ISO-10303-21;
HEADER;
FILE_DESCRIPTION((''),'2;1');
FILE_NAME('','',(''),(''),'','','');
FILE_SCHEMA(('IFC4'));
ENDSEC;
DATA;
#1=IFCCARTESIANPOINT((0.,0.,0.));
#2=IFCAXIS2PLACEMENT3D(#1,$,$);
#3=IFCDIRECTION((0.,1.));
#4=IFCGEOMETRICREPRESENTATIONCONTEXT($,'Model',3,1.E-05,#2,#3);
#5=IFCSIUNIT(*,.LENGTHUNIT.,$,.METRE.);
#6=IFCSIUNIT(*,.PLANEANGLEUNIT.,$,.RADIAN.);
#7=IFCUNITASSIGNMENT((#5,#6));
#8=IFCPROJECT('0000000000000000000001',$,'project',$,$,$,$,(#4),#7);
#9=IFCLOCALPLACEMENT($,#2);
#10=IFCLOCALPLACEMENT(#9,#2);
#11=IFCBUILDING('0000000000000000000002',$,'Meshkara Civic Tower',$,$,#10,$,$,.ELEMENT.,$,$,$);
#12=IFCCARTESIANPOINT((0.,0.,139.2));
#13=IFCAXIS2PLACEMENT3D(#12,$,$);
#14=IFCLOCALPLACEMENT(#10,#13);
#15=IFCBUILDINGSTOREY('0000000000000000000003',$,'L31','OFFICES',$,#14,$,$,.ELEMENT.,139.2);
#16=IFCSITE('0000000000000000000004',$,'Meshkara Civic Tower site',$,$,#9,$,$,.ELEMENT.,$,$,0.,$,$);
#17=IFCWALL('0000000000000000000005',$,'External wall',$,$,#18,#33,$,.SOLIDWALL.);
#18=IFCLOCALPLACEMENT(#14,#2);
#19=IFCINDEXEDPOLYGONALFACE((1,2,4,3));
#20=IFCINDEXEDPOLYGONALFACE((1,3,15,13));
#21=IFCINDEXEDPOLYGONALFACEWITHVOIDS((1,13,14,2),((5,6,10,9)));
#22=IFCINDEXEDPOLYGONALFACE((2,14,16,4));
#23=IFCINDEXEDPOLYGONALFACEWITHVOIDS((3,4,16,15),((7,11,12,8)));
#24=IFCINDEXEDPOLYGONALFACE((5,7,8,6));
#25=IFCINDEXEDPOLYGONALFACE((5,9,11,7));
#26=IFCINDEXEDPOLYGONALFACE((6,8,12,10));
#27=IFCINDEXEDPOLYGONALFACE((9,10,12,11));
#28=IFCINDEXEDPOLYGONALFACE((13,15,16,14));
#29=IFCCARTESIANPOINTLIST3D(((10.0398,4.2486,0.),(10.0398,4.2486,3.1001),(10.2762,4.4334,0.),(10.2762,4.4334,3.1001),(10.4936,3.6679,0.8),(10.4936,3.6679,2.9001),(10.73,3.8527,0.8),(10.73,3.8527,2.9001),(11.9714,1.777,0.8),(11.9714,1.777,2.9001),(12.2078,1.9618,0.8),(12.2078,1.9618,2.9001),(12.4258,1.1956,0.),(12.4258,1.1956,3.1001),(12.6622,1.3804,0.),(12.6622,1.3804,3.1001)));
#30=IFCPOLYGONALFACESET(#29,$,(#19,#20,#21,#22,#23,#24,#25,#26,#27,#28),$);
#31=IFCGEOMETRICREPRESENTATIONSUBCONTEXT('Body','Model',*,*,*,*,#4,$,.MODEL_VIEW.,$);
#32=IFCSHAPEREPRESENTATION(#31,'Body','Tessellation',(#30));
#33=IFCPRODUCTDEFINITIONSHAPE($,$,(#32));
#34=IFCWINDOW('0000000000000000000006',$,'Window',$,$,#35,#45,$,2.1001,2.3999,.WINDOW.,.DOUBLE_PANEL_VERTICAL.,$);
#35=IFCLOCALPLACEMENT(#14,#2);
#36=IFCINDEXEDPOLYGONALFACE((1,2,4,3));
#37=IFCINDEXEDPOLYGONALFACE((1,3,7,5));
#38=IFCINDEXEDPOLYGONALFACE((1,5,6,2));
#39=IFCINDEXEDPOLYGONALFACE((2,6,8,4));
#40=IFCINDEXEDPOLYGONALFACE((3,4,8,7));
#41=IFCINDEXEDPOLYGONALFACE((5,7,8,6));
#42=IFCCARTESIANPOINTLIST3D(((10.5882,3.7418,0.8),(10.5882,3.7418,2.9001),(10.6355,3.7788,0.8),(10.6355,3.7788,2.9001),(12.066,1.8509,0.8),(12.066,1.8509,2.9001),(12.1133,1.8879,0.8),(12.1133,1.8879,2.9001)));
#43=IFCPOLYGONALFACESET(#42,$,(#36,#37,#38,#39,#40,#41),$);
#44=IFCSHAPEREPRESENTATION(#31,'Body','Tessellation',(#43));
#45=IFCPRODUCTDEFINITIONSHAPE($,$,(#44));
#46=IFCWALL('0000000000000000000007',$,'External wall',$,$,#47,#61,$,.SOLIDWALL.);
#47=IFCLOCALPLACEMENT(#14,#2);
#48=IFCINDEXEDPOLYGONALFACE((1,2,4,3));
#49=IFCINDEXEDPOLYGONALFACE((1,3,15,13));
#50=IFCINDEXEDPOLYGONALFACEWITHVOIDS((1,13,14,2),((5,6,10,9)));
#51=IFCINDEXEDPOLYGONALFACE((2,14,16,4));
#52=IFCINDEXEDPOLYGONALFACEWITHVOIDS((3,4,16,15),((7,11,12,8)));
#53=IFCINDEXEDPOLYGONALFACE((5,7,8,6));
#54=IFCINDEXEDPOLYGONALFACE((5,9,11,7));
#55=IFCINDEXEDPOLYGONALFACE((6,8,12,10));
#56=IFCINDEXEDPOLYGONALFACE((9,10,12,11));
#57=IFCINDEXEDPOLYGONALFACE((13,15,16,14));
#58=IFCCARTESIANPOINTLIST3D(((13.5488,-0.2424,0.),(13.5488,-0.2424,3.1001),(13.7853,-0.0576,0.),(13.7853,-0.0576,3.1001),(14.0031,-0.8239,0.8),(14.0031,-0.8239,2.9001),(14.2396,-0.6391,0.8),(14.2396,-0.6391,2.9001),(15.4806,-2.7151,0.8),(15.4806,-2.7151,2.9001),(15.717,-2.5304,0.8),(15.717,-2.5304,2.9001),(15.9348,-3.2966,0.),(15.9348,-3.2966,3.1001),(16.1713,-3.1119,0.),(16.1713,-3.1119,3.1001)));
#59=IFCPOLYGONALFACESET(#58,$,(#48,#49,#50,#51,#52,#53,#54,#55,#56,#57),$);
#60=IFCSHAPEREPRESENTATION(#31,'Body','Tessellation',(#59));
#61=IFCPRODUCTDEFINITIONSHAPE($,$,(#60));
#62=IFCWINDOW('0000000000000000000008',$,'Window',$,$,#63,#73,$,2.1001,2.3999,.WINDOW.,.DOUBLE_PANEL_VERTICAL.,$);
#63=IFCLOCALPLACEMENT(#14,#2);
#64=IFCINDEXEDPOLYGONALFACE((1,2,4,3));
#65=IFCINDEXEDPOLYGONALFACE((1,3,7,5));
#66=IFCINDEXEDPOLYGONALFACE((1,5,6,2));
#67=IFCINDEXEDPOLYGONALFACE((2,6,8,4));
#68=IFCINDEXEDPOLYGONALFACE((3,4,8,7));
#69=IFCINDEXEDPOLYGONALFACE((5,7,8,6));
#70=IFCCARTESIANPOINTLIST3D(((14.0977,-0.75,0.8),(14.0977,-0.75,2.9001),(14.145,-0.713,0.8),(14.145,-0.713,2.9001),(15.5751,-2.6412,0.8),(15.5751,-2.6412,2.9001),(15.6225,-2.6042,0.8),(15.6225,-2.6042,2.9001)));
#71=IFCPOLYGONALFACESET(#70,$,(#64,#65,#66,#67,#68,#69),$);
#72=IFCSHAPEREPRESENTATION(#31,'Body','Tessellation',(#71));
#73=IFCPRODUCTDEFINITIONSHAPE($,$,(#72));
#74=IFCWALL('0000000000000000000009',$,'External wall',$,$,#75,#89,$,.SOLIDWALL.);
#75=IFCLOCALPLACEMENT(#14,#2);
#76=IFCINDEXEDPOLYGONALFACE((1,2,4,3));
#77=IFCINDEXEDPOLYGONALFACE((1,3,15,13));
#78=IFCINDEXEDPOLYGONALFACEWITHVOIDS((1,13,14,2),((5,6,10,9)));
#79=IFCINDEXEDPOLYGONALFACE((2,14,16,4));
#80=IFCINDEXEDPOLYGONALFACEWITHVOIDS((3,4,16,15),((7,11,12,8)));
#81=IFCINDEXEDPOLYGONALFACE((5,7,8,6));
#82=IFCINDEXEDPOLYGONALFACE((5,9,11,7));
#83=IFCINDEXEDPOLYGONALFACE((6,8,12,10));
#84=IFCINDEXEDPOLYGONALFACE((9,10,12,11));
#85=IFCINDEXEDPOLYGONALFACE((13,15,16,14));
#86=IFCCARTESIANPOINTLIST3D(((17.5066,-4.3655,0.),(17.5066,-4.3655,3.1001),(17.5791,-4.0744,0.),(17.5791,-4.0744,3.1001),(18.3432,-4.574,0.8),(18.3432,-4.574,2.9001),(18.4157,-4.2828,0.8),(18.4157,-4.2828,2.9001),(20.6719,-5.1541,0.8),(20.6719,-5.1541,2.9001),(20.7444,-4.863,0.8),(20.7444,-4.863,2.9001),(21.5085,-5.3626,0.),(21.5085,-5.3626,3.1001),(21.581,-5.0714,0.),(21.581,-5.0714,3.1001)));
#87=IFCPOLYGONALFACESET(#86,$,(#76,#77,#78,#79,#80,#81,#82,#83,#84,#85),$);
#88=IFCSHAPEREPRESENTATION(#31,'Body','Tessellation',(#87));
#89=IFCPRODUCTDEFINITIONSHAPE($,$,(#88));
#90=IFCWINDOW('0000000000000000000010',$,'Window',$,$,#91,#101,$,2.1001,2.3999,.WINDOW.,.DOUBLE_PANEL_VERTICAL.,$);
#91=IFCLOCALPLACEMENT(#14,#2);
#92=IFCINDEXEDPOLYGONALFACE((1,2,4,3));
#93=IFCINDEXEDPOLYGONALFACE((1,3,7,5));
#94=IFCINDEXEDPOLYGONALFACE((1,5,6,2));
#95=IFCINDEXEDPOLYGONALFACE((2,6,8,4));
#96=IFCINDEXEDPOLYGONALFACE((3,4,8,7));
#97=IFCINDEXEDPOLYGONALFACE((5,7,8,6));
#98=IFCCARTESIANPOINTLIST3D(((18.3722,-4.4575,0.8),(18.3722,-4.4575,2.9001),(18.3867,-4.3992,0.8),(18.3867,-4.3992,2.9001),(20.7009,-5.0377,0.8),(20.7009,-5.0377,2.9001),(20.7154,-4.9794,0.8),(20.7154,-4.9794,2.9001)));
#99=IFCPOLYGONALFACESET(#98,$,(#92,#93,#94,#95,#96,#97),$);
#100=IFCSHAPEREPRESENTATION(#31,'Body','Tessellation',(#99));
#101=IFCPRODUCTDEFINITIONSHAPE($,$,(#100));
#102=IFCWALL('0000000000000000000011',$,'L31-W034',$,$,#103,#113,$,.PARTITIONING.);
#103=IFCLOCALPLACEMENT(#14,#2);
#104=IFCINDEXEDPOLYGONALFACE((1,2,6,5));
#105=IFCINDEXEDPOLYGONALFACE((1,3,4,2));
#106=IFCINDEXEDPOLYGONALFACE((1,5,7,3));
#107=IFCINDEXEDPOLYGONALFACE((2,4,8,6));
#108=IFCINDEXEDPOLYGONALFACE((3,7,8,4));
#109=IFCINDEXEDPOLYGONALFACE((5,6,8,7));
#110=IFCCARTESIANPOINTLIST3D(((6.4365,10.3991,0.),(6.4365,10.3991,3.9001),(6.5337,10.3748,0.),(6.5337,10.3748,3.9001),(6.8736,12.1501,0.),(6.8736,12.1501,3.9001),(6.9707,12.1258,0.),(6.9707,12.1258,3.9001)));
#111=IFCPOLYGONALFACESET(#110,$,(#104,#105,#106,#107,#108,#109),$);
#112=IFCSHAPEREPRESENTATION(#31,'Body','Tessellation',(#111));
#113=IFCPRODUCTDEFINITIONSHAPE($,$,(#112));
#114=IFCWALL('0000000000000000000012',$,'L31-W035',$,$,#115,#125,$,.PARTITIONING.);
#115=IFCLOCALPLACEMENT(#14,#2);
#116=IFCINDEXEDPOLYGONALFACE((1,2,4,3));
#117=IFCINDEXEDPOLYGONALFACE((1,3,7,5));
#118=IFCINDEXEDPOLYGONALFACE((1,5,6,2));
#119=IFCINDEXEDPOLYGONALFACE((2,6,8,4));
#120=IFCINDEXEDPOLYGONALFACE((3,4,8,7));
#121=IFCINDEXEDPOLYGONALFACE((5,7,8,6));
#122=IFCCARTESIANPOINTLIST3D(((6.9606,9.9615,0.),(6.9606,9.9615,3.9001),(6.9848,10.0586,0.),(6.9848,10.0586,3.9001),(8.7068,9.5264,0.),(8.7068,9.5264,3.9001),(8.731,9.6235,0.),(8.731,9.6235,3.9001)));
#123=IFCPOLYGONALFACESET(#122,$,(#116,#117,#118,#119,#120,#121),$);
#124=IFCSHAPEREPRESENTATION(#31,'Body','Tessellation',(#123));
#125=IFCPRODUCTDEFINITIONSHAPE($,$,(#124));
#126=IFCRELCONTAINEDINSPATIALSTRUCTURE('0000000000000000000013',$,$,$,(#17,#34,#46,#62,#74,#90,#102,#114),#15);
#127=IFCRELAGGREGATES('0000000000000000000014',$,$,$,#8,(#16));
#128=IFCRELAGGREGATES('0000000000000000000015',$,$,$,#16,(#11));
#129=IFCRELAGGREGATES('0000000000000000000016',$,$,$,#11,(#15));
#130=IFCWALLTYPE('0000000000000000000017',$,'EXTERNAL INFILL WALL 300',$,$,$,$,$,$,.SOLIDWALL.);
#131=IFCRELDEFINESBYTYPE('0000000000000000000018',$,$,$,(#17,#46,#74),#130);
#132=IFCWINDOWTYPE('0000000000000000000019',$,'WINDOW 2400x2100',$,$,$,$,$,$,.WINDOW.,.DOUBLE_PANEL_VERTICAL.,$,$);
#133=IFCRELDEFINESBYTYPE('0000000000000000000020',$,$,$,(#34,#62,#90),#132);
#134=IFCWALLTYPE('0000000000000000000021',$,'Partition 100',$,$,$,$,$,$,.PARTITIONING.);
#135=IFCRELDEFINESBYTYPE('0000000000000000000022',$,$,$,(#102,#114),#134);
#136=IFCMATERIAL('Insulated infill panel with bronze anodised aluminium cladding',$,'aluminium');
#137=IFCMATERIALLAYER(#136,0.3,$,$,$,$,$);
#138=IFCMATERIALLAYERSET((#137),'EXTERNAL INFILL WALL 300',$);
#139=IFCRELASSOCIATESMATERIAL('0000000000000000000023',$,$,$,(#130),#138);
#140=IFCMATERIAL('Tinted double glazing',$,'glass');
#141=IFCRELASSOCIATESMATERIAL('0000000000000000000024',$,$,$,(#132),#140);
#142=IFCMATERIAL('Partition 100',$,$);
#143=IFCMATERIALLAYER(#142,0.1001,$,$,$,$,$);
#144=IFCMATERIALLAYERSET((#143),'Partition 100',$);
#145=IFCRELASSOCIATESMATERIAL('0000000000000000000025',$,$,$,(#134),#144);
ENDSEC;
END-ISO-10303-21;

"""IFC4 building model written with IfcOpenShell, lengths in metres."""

from ifc_helpers import new_model, si_unit, direction, frame, frame_2d, origin, place, context, subcontext, project, spatial, rectangle, extrude, material, layer, layer_set, type_object, element, fill, save


model = new_model("IFC4")

# Units and contexts
model_context = context("Model", 3, precision=1e-05, world=origin(), true_north=direction((0.0, 1.0)))
body_context = subcontext(model_context, "Body", "Model", "MODEL_VIEW")
ifc_project = project(units=[si_unit("LENGTHUNIT", "METRE"), si_unit("PLANEANGLEUNIT", "RADIAN")], contexts=[model_context])

# Site, building, storey
site_placement = place(None, origin())
site = spatial("IfcSite", under=ifc_project, at=site_placement, Name="Meshkara Civic Tower site", CompositionType="ELEMENT", RefElevation=0.0)
building_placement = place(site_placement, origin())
building = spatial("IfcBuilding", under=site, at=building_placement, Name="Meshkara Civic Tower", CompositionType="ELEMENT")
storey_placement = place(building_placement, frame((0.0, 0.0, 139.2)))
storey = spatial("IfcBuildingStorey", under=building, at=storey_placement, Name="L31", Description="OFFICES", CompositionType="ELEMENT", Elevation=139.2)

# Walls, openings, windows
ifc_material_1 = material(Name="Insulated infill panel with bronze anodised aluminium cladding", Category="aluminium")
ifc_layer_1 = layer(ifc_material_1, 0.3)
ifc_layer_set_1 = layer_set([ifc_layer_1], Name="EXTERNAL INFILL WALL 300")
wall_type_1 = type_object("IfcWallType", Name="EXTERNAL INFILL WALL 300", PredefinedType="SOLIDWALL", material=ifc_layer_set_1)
wall_1_placement = place(storey_placement, frame((10.158, 4.3411, 0.0), z_axis=(0.0, 0.0, 1.0), x_axis=(0.61578, -0.787918, 0.0)))
wall_1 = element("IfcWall", 1, at=wall_1_placement, inside=storey, type_object=wall_type_1, Name="External wall", PredefinedType="SOLIDWALL", context=body_context, shape_type="SweptSolid", body=[
    extrude(rectangle(XDim=3.8748, YDim=0.3, at=frame_2d((1.9375, 0.0))), origin(), (0.0, 0.0, 1.0), 3.1001),
])
opening_1_placement = place(wall_1_placement, frame((0.7371, 0.0, 0.8)))
opening_1 = element("IfcOpeningElement", 2, at=opening_1_placement, cuts=wall_1, PredefinedType="OPENING", context=body_context, shape_type="SweptSolid", body=[
    extrude(rectangle(XDim=2.3999, YDim=2.1001, at=frame_2d((1.2, 1.05))), frame((0.0, 0.1599, 0.0), z_axis=(0.0, -1.0, 0.0), x_axis=(1.0, 0.0, 0.0)), (0.0, 0.0, 1.0), 0.3201),
])
ifc_material_2 = material(Name="Tinted double glazing", Category="glass")
window_type = type_object("IfcWindowType", Name="WINDOW 2400x2100", PartitioningType="DOUBLE_PANEL_VERTICAL", PredefinedType="WINDOW", material=ifc_material_2)
window_1_placement = place(opening_1_placement, origin())
window_1 = element("IfcWindow", 3, at=window_1_placement, inside=storey, type_object=window_type, Name="Window", OverallHeight=2.1001, OverallWidth=2.3999, PartitioningType="DOUBLE_PANEL_VERTICAL", PredefinedType="WINDOW", context=body_context, shape_type="SweptSolid", body=[
    extrude(rectangle(XDim=2.3999, YDim=2.1001, at=frame_2d((1.2, 1.05))), frame((0.0, 0.03, 0.0), z_axis=(0.0, -1.0, 0.0), x_axis=(1.0, 0.0, 0.0)), (0.0, 0.0, 1.0), 0.0601),
])
fill(opening_1, window_1)
wall_2_placement = place(storey_placement, frame((13.667, -0.1499, 0.0), z_axis=(0.0, 0.0, 1.0), x_axis=(0.615627, -0.788038, 0.0)))
wall_2 = element("IfcWall", 4, at=wall_2_placement, inside=storey, type_object=wall_type_1, Name="External wall", PredefinedType="SOLIDWALL", context=body_context, shape_type="SweptSolid", body=[
    extrude(rectangle(XDim=3.8757, YDim=0.3, at=frame_2d((1.938, 0.0))), origin(), (0.0, 0.0, 1.0), 3.1001),
])
opening_2_placement = place(wall_2_placement, frame((0.738, 0.0, 0.8)))
opening_2 = element("IfcOpeningElement", 5, at=opening_2_placement, cuts=wall_2, PredefinedType="OPENING", context=body_context, shape_type="SweptSolid", body=[
    extrude(rectangle(XDim=2.3999, YDim=2.1001, at=frame_2d((1.2, 1.05))), frame((0.0, 0.1599, 0.0), z_axis=(0.0, -1.0, 0.0), x_axis=(1.0, 0.0, 0.0)), (0.0, 0.0, 1.0), 0.3201),
])
window_2_placement = place(opening_2_placement, origin())
window_2 = element("IfcWindow", 6, at=window_2_placement, inside=storey, type_object=window_type, Name="Window", OverallHeight=2.1001, OverallWidth=2.3999, PartitioningType="DOUBLE_PANEL_VERTICAL", PredefinedType="WINDOW", context=body_context, shape_type="SweptSolid", body=[
    extrude(rectangle(XDim=2.3999, YDim=2.1001, at=frame_2d((1.2, 1.05))), frame((0.0, 0.03, 0.0), z_axis=(0.0, -1.0, 0.0), x_axis=(1.0, 0.0, 0.0)), (0.0, 0.0, 1.0), 0.0601),
])
fill(opening_2, window_2)
wall_3_placement = place(storey_placement, frame((17.543, -4.22, 0.0), z_axis=(0.0, 0.0, 1.0), x_axis=(0.970337, -0.241756, 0.0)))
wall_3 = element("IfcWall", 7, at=wall_3_placement, inside=storey, type_object=wall_type_1, Name="External wall", PredefinedType="SOLIDWALL", context=body_context, shape_type="SweptSolid", body=[
    extrude(rectangle(XDim=4.1243, YDim=0.3, at=frame_2d((2.062, 0.0))), origin(), (0.0, 0.0, 1.0), 3.1001),
])
opening_3_placement = place(wall_3_placement, frame((0.8621, 0.0, 0.8)))
opening_3 = element("IfcOpeningElement", 8, at=opening_3_placement, cuts=wall_3, PredefinedType="OPENING", context=body_context, shape_type="SweptSolid", body=[
    extrude(rectangle(XDim=2.3999, YDim=2.1001, at=frame_2d((1.2, 1.05))), frame((0.0, 0.1599, 0.0), z_axis=(0.0, -1.0, 0.0), x_axis=(1.0, 0.0, 0.0)), (0.0, 0.0, 1.0), 0.3201),
])
window_3_placement = place(opening_3_placement, origin())
window_3 = element("IfcWindow", 9, at=window_3_placement, inside=storey, type_object=window_type, Name="Window", OverallHeight=2.1001, OverallWidth=2.3999, PartitioningType="DOUBLE_PANEL_VERTICAL", PredefinedType="WINDOW", context=body_context, shape_type="SweptSolid", body=[
    extrude(rectangle(XDim=2.3999, YDim=2.1001, at=frame_2d((1.2, 1.05))), frame((0.0, 0.03, 0.0), z_axis=(0.0, -1.0, 0.0), x_axis=(1.0, 0.0, 0.0)), (0.0, 0.0, 1.0), 0.0601),
])
fill(opening_3, window_3)

# Walls
ifc_material_3 = material(Name="Partition 100")
ifc_layer_2 = layer(ifc_material_3, 0.1001)
ifc_layer_set_2 = layer_set([ifc_layer_2], Name="Partition 100")
wall_type_2 = type_object("IfcWallType", Name="Partition 100", PredefinedType="PARTITIONING", material=ifc_layer_set_2)
wall_4_placement = place(storey_placement, frame((6.9221, 12.1379, 0.0), z_axis=(0.0, 0.0, 1.0), x_axis=(-0.242154, -0.970238, 0.0)))
element("IfcWall", 10, at=wall_4_placement, inside=storey, type_object=wall_type_2, Name="L31-W034", PredefinedType="PARTITIONING", context=body_context, shape_type="SweptSolid", body=[
    extrude(rectangle(XDim=1.8047, YDim=0.1001, at=frame_2d((0.9023, 0.0))), origin(), (0.0, 0.0, 1.0), 3.9001),
])
wall_5_placement = place(storey_placement, frame((8.719, 9.575, 0.0), z_axis=(0.0, 0.0, 1.0), x_axis=(-0.970334, 0.241769, 0.0)))
element("IfcWall", 11, at=wall_5_placement, inside=storey, type_object=wall_type_2, Name="L31-W035", PredefinedType="PARTITIONING", context=body_context, shape_type="SweptSolid", body=[
    extrude(rectangle(XDim=1.7996, YDim=0.1001, at=frame_2d((0.8999, 0.0))), origin(), (0.0, 0.0, 1.0), 3.9001),
])

save(model, "model.ifc")
